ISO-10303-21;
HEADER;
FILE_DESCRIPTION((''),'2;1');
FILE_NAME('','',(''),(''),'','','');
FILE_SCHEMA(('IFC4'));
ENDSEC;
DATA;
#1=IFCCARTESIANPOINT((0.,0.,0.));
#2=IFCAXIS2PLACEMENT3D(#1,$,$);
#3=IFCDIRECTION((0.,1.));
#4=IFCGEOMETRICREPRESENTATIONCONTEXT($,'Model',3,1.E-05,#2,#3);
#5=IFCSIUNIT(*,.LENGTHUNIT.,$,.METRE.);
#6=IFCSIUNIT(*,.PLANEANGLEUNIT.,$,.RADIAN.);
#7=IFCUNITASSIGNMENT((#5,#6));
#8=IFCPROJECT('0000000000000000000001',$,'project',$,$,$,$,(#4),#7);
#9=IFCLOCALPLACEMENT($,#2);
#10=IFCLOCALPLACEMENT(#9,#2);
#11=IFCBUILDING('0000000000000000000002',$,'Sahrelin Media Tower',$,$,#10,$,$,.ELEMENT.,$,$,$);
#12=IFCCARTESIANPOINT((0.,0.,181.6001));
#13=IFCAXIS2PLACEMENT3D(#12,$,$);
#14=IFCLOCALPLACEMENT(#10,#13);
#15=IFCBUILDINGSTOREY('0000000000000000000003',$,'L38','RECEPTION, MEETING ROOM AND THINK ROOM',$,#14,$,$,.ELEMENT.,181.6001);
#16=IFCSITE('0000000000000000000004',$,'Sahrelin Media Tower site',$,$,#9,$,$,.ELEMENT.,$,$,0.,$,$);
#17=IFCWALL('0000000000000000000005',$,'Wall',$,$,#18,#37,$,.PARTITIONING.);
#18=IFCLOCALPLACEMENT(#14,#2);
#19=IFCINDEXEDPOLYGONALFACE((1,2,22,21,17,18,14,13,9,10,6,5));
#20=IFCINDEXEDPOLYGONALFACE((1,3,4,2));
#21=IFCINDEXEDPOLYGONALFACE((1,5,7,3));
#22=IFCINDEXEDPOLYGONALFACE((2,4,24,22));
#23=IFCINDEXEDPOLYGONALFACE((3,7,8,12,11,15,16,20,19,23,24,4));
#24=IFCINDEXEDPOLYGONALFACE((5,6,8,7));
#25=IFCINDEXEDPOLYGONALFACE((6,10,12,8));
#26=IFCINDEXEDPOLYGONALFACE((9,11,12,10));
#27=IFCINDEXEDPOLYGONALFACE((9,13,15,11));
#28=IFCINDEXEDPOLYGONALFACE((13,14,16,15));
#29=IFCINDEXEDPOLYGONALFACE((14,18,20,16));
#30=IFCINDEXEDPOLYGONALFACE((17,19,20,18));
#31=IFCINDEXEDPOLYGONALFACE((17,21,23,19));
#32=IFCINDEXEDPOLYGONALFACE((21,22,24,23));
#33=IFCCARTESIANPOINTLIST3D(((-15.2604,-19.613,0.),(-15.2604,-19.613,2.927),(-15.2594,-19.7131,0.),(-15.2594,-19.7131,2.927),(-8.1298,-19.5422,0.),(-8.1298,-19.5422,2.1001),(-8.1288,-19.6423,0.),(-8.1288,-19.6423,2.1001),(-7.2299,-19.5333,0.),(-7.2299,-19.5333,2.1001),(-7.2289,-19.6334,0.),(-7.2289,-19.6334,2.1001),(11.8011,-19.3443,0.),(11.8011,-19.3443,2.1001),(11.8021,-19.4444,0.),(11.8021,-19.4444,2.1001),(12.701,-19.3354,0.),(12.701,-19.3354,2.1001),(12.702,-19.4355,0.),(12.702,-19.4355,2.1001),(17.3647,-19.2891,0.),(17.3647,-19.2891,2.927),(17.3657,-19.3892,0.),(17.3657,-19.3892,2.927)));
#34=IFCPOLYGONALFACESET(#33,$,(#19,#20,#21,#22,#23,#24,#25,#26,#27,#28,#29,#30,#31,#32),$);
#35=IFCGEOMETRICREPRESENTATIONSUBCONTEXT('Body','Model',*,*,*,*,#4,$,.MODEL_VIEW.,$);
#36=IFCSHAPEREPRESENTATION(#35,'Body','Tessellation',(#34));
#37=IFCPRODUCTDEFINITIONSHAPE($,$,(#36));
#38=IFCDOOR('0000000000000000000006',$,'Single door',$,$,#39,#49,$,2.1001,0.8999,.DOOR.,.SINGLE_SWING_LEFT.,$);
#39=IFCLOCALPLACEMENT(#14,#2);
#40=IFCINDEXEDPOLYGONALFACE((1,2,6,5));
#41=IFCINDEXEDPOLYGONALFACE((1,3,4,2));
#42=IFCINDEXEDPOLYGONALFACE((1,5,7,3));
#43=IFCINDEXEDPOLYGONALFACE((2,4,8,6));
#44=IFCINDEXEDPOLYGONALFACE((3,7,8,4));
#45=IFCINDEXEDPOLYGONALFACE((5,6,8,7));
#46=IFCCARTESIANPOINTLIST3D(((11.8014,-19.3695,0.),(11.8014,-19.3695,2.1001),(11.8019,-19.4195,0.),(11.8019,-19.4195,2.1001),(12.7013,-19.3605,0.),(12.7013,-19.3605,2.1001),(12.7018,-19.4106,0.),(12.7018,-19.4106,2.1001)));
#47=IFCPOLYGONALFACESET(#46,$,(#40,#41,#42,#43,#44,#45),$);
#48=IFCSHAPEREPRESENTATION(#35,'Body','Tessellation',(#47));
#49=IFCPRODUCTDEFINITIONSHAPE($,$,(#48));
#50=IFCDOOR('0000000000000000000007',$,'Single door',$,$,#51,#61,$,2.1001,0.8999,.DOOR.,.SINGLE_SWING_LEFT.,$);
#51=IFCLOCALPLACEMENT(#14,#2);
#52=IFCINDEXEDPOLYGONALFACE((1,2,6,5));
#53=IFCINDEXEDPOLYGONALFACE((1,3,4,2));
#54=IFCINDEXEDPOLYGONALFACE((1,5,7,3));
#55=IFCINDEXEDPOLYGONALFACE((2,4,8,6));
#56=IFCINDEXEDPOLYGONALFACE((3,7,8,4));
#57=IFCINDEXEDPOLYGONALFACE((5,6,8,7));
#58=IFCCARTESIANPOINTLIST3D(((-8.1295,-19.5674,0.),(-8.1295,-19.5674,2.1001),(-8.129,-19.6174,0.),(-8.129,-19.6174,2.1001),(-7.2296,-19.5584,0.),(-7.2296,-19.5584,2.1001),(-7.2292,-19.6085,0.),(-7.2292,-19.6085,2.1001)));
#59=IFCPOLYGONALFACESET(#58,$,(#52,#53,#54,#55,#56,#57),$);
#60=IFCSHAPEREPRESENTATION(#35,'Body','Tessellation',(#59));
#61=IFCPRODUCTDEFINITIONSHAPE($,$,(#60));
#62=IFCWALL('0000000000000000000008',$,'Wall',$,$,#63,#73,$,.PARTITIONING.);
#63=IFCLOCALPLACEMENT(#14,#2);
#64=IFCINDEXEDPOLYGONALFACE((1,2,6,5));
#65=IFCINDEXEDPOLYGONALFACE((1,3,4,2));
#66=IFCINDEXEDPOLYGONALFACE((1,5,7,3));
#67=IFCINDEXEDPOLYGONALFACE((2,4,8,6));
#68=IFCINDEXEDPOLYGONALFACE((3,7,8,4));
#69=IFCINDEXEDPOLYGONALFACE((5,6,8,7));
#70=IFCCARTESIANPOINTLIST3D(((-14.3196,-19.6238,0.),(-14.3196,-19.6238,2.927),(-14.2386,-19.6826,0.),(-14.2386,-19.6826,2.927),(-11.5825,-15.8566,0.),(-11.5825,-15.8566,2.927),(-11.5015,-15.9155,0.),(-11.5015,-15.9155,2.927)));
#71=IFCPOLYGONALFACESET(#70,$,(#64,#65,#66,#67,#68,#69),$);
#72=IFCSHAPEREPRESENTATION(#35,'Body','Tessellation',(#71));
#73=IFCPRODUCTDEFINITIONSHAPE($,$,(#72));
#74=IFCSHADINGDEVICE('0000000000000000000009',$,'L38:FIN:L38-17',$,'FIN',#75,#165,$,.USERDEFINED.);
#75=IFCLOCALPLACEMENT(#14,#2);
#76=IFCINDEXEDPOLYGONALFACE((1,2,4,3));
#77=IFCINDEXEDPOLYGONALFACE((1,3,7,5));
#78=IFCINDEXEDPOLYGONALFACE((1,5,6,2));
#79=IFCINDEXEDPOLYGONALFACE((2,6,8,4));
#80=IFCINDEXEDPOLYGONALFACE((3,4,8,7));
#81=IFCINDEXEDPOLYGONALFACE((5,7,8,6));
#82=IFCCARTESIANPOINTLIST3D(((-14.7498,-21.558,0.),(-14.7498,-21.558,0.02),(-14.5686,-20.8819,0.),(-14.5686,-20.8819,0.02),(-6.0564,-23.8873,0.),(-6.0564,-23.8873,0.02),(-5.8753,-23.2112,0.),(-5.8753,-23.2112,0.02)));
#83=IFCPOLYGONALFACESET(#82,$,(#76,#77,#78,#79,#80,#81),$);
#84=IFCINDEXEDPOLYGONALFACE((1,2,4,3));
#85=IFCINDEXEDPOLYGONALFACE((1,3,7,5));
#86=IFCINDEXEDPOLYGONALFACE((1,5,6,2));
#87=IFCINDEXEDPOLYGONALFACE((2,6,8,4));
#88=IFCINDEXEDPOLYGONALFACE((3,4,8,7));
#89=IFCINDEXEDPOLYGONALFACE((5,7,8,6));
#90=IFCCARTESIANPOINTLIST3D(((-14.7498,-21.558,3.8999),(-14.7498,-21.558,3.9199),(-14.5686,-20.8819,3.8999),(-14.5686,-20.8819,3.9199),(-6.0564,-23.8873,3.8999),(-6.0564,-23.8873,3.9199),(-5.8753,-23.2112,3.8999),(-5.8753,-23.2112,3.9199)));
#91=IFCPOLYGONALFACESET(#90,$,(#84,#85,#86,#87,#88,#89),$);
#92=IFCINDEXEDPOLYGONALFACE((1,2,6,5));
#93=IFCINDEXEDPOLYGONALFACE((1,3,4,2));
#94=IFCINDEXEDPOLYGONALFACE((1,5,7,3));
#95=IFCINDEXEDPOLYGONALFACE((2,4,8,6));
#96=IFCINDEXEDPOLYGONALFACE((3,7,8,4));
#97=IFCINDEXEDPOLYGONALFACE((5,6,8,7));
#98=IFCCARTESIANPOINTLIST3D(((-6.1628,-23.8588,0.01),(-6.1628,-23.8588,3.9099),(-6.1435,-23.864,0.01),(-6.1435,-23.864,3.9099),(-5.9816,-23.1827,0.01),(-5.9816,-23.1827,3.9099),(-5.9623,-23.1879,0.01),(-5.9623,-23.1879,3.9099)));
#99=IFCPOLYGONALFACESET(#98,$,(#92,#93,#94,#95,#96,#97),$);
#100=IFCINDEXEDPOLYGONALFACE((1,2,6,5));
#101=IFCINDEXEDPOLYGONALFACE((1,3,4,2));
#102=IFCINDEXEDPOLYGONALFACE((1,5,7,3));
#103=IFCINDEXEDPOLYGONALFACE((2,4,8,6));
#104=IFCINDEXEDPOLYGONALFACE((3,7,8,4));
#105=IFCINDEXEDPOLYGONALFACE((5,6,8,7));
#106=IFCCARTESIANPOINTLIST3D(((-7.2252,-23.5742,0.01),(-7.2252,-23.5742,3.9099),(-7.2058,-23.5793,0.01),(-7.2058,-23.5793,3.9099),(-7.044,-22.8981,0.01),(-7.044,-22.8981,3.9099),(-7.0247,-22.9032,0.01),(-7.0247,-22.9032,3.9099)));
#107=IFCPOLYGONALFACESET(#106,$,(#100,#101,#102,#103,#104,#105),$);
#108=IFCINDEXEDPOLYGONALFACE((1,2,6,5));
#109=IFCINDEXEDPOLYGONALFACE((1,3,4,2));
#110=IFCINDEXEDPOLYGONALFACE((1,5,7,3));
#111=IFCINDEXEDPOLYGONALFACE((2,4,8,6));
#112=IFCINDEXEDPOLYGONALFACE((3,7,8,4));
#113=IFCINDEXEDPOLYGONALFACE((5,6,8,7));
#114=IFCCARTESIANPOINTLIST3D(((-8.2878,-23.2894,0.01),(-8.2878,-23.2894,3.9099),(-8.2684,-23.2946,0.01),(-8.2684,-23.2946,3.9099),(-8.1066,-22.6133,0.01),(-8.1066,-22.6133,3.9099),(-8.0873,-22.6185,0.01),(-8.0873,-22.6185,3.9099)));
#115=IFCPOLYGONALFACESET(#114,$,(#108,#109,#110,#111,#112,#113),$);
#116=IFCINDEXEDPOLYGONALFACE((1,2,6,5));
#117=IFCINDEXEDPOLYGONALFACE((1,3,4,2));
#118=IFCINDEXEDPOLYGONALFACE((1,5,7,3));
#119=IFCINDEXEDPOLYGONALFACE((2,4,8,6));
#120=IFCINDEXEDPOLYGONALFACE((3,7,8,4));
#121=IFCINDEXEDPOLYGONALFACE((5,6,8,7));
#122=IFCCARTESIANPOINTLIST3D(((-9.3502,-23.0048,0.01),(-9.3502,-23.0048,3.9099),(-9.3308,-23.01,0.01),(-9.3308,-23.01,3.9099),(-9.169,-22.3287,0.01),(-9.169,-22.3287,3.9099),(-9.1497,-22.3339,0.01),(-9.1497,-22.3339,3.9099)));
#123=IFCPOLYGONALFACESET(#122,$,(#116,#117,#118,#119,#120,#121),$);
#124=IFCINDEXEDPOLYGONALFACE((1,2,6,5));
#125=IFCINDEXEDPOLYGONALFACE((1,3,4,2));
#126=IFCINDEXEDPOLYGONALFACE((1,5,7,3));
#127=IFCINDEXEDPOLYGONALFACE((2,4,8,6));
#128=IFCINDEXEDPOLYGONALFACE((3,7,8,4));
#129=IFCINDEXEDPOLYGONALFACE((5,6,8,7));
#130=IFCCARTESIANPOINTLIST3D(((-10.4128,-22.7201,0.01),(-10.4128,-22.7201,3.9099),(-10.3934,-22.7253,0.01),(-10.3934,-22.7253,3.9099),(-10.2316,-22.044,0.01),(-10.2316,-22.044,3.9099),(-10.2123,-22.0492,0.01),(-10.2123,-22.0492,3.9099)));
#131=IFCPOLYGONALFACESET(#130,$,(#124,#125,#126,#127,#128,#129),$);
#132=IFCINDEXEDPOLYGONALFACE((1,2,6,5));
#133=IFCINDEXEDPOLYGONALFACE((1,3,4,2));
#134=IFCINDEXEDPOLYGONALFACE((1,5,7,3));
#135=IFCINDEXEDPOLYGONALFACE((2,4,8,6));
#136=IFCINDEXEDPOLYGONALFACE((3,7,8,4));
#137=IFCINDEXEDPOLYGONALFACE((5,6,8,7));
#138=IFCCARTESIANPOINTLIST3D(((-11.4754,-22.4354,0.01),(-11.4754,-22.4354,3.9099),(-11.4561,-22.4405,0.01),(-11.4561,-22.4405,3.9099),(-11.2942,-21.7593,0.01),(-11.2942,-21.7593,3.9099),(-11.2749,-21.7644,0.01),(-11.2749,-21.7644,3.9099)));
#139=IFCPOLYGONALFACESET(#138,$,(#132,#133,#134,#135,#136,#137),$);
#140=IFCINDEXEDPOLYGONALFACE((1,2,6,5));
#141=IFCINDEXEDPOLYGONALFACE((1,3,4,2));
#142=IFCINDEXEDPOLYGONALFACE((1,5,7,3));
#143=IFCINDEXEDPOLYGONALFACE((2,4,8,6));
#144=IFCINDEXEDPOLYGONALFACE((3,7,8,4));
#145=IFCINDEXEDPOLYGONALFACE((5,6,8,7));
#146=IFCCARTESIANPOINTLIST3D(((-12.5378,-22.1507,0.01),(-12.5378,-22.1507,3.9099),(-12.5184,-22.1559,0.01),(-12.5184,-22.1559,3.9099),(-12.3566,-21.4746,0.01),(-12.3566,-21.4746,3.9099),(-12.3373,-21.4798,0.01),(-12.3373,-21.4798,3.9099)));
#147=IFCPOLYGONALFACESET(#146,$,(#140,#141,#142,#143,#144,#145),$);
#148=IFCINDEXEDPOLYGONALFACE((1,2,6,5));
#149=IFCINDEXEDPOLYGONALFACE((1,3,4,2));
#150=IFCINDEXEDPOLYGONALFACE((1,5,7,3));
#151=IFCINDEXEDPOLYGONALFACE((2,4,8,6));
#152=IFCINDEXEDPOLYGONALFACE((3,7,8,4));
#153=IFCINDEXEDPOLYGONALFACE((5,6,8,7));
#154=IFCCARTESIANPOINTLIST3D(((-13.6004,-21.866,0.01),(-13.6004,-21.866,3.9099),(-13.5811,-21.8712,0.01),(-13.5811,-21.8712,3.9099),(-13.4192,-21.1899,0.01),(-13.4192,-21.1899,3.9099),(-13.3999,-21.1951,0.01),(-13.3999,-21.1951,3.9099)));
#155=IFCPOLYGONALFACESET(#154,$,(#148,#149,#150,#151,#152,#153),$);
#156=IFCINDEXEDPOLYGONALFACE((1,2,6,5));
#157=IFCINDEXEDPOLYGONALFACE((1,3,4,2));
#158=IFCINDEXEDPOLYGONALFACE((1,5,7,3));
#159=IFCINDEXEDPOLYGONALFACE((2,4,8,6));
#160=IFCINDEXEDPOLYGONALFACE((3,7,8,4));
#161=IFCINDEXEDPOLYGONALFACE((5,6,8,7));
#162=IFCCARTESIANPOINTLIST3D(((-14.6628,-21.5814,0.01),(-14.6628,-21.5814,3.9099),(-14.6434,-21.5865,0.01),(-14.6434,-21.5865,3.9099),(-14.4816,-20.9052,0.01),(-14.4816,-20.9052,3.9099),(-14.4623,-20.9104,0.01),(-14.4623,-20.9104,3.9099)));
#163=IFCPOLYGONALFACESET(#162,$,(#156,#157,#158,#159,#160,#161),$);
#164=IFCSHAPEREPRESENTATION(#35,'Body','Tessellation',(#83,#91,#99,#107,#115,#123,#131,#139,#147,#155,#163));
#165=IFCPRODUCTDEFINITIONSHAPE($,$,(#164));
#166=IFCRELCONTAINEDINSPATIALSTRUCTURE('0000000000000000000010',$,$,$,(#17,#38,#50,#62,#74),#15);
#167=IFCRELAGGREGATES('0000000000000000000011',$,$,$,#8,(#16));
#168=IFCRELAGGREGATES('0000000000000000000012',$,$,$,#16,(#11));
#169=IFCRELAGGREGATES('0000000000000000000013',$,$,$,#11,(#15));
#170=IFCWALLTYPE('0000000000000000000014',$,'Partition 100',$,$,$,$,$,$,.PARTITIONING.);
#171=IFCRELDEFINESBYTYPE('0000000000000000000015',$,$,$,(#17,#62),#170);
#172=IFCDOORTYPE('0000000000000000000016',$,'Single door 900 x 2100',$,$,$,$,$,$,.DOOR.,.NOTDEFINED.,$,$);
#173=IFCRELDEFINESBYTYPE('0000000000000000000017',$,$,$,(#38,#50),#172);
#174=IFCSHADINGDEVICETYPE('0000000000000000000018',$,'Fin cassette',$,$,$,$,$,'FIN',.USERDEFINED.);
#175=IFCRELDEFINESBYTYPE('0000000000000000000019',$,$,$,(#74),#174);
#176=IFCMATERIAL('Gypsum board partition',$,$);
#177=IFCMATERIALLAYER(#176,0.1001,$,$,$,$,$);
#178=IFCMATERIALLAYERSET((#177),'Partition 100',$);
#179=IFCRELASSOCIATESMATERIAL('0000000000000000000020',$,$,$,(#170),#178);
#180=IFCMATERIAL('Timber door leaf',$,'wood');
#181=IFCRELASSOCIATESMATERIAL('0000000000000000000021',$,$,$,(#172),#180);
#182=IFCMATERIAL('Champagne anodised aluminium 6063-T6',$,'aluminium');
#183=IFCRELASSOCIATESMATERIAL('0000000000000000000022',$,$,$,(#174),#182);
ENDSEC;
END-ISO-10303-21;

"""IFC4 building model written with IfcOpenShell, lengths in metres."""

from ifc_helpers import new_model, si_unit, direction, frame, frame_2d, origin, origin_2d, place, context, subcontext, project, spatial, rectangle, extrude, material, layer, layer_set, type_object, element, fill, save


model = new_model("IFC4")

# Units and contexts
model_context = context("Model", 3, precision=1e-05, world=origin(), true_north=direction((0.0, 1.0)))
body_context = subcontext(model_context, "Body", "Model", "MODEL_VIEW")
ifc_project = project(units=[si_unit("LENGTHUNIT", "METRE"), si_unit("PLANEANGLEUNIT", "RADIAN")], contexts=[model_context])

# Site, building, storey
site_placement = place(None, origin())
site = spatial("IfcSite", under=ifc_project, at=site_placement, Name="Sahrelin Media Tower site", CompositionType="ELEMENT", RefElevation=0.0)
building_placement = place(site_placement, origin())
building = spatial("IfcBuilding", under=site, at=building_placement, Name="Sahrelin Media Tower", CompositionType="ELEMENT")
storey_placement = place(building_placement, frame((0.0, 0.0, 181.6001)))
storey = spatial("IfcBuildingStorey", under=building, at=storey_placement, Name="L38", Description="RECEPTION, MEETING ROOM AND THINK ROOM", CompositionType="ELEMENT", Elevation=181.6001)

# Shared definitions
ifc_material_1 = material(Name="Champagne anodised aluminium 6063-T6", Category="aluminium")

# Wall, openings, doors
ifc_material_2 = material(Name="Gypsum board partition")
ifc_layer_1 = layer(ifc_material_2, 0.1001)
ifc_layer_set_1 = layer_set([ifc_layer_1], Name="Partition 100")
wall_type_1 = type_object("IfcWallType", Name="Partition 100", PredefinedType="PARTITIONING", material=ifc_layer_set_1)
wall_1_placement = place(storey_placement, frame((-15.26, -19.6631, 0.0), z_axis=(0.0, 0.0, 1.0), x_axis=(0.999951, 0.00993, 0.0)))
wall_1 = element("IfcWall", 1, at=wall_1_placement, inside=storey, type_object=wall_type_1, Name="Wall", PredefinedType="PARTITIONING", context=body_context, shape_type="SweptSolid", body=[
    extrude(rectangle(XDim=32.6267, YDim=0.1001, at=frame_2d((16.3135, 0.0))), origin(), (0.0, 0.0, 1.0), 2.927),
])
opening_1_placement = place(wall_1_placement, frame((27.063, 0.0, 0.0)))
opening_1 = element("IfcOpeningElement", 2, at=opening_1_placement, cuts=wall_1, PredefinedType="OPENING", context=body_context, shape_type="SweptSolid", body=[
    extrude(rectangle(XDim=0.8999, YDim=2.1001, at=frame_2d((0.45, 1.05))), frame((0.0, 0.05, 0.0), z_axis=(0.0, -1.0, 0.0), x_axis=(1.0, 0.0, 0.0)), (0.0, 0.0, 1.0), 0.1001),
])
opening_2_placement = place(wall_1_placement, frame((7.1311, 0.0, 0.0)))
opening_2 = element("IfcOpeningElement", 3, at=opening_2_placement, cuts=wall_1, PredefinedType="OPENING", context=body_context, shape_type="SweptSolid", body=[
    extrude(rectangle(XDim=0.8999, YDim=2.1001, at=frame_2d((0.45, 1.05))), frame((0.0, 0.05, 0.0), z_axis=(0.0, -1.0, 0.0), x_axis=(1.0, 0.0, 0.0)), (0.0, 0.0, 1.0), 0.1001),
])
ifc_material_3 = material(Name="Timber door leaf", Category="wood")
door_type_1 = type_object("IfcDoorType", Name="Single door 900 x 2100", OperationType="NOTDEFINED", PredefinedType="DOOR", material=ifc_material_3)
door_1_placement = place(opening_1_placement, origin())
door_1 = element("IfcDoor", 4, at=door_1_placement, inside=storey, type_object=door_type_1, Name="Single door", OperationType="SINGLE_SWING_LEFT", OverallHeight=2.1001, OverallWidth=0.8999, PredefinedType="DOOR", context=body_context, shape_type="SweptSolid", body=[
    extrude(rectangle(XDim=0.8999, YDim=2.1001, at=frame_2d((0.45, 1.05))), frame((0.0, 0.0249, 0.0), z_axis=(0.0, -1.0, 0.0), x_axis=(1.0, 0.0, 0.0)), (0.0, 0.0, 1.0), 0.05),
])
fill(opening_1, door_1)
door_2_placement = place(opening_2_placement, origin())
door_2 = element("IfcDoor", 5, at=door_2_placement, inside=storey, type_object=door_type_1, Name="Single door", OperationType="SINGLE_SWING_LEFT", OverallHeight=2.1001, OverallWidth=0.8999, PredefinedType="DOOR", context=body_context, shape_type="SweptSolid", body=[
    extrude(rectangle(XDim=0.8999, YDim=2.1001, at=frame_2d((0.45, 1.05))), frame((0.0, 0.0249, 0.0), z_axis=(0.0, -1.0, 0.0), x_axis=(1.0, 0.0, 0.0)), (0.0, 0.0, 1.0), 0.05),
])
fill(opening_2, door_2)

# Wall
wall_2_placement = place(storey_placement, frame((-14.2791, -19.6531, 0.0), z_axis=(0.0, 0.0, 1.0), x_axis=(0.587801, 0.809006, 0.0)))
element("IfcWall", 6, at=wall_2_placement, inside=storey, type_object=wall_type_1, Name="Wall", PredefinedType="PARTITIONING", context=body_context, shape_type="SweptSolid", body=[
    extrude(rectangle(XDim=4.6565, YDim=0.1001, at=frame_2d((2.3281, 0.0))), origin(), (0.0, 0.0, 1.0), 2.927),
])

# Shading device
shading_device_type_1 = type_object("IfcShadingDeviceType", Name="Fin cassette", ElementType="FIN", PredefinedType="USERDEFINED", material=ifc_material_1)
placement = place(storey_placement, frame((-10.2039, -21.979, 0.0), z_axis=(0.0, 0.0, 1.0), x_axis=(-0.965929, 0.258808, 0.0)))
element("IfcShadingDevice", 7, at=placement, inside=storey, type_object=shading_device_type_1, Name="L38:FIN:L38-17", ObjectType="FIN", PredefinedType="USERDEFINED", context=body_context, shape_type="SweptSolid", body=[
    extrude(rectangle(XDim=9.0, YDim=0.7, at=origin_2d()), frame((0.0, 0.4199, 0.0)), (0.0, 0.0, 1.0), 0.02),
    extrude(rectangle(XDim=9.0, YDim=0.7, at=origin_2d()), frame((0.0, 0.4199, 3.8999)), (0.0, 0.0, 1.0), 0.02),
    extrude(rectangle(XDim=0.02, YDim=0.7, at=origin_2d()), frame((-4.3999, 0.4199, 0.01), z_axis=(0.0, 0.0, 1.0), x_axis=(1.0, 0.0, 0.0)), (0.0, 0.0, 1.0), 3.8999),
    extrude(rectangle(XDim=0.02, YDim=0.7, at=origin_2d()), frame((-3.3, 0.4199, 0.01), z_axis=(0.0, 0.0, 1.0), x_axis=(1.0, 0.0, 0.0)), (0.0, 0.0, 1.0), 3.8999),
    extrude(rectangle(XDim=0.02, YDim=0.7, at=origin_2d()), frame((-2.2, 0.4199, 0.01), z_axis=(0.0, 0.0, 1.0), x_axis=(1.0, 0.0, 0.0)), (0.0, 0.0, 1.0), 3.8999),
    extrude(rectangle(XDim=0.02, YDim=0.7, at=origin_2d()), frame((-1.1001, 0.4199, 0.01), z_axis=(0.0, 0.0, 1.0), x_axis=(1.0, 0.0, 0.0)), (0.0, 0.0, 1.0), 3.8999),
    extrude(rectangle(XDim=0.02, YDim=0.7, at=origin_2d()), frame((0.0, 0.4199, 0.01), z_axis=(0.0, 0.0, 1.0), x_axis=(1.0, 0.0, 0.0)), (0.0, 0.0, 1.0), 3.8999),
    extrude(rectangle(XDim=0.02, YDim=0.7, at=origin_2d()), frame((1.1001, 0.4199, 0.01), z_axis=(0.0, 0.0, 1.0), x_axis=(1.0, 0.0, 0.0)), (0.0, 0.0, 1.0), 3.8999),
    extrude(rectangle(XDim=0.02, YDim=0.7, at=origin_2d()), frame((2.2, 0.4199, 0.01), z_axis=(0.0, 0.0, 1.0), x_axis=(1.0, 0.0, 0.0)), (0.0, 0.0, 1.0), 3.8999),
    extrude(rectangle(XDim=0.02, YDim=0.7, at=origin_2d()), frame((3.3, 0.4199, 0.01), z_axis=(0.0, 0.0, 1.0), x_axis=(1.0, 0.0, 0.0)), (0.0, 0.0, 1.0), 3.8999),
    extrude(rectangle(XDim=0.02, YDim=0.7, at=origin_2d()), frame((4.3999, 0.4199, 0.01), z_axis=(0.0, 0.0, 1.0), x_axis=(1.0, 0.0, 0.0)), (0.0, 0.0, 1.0), 3.8999),
])

save(model, "model.ifc")
